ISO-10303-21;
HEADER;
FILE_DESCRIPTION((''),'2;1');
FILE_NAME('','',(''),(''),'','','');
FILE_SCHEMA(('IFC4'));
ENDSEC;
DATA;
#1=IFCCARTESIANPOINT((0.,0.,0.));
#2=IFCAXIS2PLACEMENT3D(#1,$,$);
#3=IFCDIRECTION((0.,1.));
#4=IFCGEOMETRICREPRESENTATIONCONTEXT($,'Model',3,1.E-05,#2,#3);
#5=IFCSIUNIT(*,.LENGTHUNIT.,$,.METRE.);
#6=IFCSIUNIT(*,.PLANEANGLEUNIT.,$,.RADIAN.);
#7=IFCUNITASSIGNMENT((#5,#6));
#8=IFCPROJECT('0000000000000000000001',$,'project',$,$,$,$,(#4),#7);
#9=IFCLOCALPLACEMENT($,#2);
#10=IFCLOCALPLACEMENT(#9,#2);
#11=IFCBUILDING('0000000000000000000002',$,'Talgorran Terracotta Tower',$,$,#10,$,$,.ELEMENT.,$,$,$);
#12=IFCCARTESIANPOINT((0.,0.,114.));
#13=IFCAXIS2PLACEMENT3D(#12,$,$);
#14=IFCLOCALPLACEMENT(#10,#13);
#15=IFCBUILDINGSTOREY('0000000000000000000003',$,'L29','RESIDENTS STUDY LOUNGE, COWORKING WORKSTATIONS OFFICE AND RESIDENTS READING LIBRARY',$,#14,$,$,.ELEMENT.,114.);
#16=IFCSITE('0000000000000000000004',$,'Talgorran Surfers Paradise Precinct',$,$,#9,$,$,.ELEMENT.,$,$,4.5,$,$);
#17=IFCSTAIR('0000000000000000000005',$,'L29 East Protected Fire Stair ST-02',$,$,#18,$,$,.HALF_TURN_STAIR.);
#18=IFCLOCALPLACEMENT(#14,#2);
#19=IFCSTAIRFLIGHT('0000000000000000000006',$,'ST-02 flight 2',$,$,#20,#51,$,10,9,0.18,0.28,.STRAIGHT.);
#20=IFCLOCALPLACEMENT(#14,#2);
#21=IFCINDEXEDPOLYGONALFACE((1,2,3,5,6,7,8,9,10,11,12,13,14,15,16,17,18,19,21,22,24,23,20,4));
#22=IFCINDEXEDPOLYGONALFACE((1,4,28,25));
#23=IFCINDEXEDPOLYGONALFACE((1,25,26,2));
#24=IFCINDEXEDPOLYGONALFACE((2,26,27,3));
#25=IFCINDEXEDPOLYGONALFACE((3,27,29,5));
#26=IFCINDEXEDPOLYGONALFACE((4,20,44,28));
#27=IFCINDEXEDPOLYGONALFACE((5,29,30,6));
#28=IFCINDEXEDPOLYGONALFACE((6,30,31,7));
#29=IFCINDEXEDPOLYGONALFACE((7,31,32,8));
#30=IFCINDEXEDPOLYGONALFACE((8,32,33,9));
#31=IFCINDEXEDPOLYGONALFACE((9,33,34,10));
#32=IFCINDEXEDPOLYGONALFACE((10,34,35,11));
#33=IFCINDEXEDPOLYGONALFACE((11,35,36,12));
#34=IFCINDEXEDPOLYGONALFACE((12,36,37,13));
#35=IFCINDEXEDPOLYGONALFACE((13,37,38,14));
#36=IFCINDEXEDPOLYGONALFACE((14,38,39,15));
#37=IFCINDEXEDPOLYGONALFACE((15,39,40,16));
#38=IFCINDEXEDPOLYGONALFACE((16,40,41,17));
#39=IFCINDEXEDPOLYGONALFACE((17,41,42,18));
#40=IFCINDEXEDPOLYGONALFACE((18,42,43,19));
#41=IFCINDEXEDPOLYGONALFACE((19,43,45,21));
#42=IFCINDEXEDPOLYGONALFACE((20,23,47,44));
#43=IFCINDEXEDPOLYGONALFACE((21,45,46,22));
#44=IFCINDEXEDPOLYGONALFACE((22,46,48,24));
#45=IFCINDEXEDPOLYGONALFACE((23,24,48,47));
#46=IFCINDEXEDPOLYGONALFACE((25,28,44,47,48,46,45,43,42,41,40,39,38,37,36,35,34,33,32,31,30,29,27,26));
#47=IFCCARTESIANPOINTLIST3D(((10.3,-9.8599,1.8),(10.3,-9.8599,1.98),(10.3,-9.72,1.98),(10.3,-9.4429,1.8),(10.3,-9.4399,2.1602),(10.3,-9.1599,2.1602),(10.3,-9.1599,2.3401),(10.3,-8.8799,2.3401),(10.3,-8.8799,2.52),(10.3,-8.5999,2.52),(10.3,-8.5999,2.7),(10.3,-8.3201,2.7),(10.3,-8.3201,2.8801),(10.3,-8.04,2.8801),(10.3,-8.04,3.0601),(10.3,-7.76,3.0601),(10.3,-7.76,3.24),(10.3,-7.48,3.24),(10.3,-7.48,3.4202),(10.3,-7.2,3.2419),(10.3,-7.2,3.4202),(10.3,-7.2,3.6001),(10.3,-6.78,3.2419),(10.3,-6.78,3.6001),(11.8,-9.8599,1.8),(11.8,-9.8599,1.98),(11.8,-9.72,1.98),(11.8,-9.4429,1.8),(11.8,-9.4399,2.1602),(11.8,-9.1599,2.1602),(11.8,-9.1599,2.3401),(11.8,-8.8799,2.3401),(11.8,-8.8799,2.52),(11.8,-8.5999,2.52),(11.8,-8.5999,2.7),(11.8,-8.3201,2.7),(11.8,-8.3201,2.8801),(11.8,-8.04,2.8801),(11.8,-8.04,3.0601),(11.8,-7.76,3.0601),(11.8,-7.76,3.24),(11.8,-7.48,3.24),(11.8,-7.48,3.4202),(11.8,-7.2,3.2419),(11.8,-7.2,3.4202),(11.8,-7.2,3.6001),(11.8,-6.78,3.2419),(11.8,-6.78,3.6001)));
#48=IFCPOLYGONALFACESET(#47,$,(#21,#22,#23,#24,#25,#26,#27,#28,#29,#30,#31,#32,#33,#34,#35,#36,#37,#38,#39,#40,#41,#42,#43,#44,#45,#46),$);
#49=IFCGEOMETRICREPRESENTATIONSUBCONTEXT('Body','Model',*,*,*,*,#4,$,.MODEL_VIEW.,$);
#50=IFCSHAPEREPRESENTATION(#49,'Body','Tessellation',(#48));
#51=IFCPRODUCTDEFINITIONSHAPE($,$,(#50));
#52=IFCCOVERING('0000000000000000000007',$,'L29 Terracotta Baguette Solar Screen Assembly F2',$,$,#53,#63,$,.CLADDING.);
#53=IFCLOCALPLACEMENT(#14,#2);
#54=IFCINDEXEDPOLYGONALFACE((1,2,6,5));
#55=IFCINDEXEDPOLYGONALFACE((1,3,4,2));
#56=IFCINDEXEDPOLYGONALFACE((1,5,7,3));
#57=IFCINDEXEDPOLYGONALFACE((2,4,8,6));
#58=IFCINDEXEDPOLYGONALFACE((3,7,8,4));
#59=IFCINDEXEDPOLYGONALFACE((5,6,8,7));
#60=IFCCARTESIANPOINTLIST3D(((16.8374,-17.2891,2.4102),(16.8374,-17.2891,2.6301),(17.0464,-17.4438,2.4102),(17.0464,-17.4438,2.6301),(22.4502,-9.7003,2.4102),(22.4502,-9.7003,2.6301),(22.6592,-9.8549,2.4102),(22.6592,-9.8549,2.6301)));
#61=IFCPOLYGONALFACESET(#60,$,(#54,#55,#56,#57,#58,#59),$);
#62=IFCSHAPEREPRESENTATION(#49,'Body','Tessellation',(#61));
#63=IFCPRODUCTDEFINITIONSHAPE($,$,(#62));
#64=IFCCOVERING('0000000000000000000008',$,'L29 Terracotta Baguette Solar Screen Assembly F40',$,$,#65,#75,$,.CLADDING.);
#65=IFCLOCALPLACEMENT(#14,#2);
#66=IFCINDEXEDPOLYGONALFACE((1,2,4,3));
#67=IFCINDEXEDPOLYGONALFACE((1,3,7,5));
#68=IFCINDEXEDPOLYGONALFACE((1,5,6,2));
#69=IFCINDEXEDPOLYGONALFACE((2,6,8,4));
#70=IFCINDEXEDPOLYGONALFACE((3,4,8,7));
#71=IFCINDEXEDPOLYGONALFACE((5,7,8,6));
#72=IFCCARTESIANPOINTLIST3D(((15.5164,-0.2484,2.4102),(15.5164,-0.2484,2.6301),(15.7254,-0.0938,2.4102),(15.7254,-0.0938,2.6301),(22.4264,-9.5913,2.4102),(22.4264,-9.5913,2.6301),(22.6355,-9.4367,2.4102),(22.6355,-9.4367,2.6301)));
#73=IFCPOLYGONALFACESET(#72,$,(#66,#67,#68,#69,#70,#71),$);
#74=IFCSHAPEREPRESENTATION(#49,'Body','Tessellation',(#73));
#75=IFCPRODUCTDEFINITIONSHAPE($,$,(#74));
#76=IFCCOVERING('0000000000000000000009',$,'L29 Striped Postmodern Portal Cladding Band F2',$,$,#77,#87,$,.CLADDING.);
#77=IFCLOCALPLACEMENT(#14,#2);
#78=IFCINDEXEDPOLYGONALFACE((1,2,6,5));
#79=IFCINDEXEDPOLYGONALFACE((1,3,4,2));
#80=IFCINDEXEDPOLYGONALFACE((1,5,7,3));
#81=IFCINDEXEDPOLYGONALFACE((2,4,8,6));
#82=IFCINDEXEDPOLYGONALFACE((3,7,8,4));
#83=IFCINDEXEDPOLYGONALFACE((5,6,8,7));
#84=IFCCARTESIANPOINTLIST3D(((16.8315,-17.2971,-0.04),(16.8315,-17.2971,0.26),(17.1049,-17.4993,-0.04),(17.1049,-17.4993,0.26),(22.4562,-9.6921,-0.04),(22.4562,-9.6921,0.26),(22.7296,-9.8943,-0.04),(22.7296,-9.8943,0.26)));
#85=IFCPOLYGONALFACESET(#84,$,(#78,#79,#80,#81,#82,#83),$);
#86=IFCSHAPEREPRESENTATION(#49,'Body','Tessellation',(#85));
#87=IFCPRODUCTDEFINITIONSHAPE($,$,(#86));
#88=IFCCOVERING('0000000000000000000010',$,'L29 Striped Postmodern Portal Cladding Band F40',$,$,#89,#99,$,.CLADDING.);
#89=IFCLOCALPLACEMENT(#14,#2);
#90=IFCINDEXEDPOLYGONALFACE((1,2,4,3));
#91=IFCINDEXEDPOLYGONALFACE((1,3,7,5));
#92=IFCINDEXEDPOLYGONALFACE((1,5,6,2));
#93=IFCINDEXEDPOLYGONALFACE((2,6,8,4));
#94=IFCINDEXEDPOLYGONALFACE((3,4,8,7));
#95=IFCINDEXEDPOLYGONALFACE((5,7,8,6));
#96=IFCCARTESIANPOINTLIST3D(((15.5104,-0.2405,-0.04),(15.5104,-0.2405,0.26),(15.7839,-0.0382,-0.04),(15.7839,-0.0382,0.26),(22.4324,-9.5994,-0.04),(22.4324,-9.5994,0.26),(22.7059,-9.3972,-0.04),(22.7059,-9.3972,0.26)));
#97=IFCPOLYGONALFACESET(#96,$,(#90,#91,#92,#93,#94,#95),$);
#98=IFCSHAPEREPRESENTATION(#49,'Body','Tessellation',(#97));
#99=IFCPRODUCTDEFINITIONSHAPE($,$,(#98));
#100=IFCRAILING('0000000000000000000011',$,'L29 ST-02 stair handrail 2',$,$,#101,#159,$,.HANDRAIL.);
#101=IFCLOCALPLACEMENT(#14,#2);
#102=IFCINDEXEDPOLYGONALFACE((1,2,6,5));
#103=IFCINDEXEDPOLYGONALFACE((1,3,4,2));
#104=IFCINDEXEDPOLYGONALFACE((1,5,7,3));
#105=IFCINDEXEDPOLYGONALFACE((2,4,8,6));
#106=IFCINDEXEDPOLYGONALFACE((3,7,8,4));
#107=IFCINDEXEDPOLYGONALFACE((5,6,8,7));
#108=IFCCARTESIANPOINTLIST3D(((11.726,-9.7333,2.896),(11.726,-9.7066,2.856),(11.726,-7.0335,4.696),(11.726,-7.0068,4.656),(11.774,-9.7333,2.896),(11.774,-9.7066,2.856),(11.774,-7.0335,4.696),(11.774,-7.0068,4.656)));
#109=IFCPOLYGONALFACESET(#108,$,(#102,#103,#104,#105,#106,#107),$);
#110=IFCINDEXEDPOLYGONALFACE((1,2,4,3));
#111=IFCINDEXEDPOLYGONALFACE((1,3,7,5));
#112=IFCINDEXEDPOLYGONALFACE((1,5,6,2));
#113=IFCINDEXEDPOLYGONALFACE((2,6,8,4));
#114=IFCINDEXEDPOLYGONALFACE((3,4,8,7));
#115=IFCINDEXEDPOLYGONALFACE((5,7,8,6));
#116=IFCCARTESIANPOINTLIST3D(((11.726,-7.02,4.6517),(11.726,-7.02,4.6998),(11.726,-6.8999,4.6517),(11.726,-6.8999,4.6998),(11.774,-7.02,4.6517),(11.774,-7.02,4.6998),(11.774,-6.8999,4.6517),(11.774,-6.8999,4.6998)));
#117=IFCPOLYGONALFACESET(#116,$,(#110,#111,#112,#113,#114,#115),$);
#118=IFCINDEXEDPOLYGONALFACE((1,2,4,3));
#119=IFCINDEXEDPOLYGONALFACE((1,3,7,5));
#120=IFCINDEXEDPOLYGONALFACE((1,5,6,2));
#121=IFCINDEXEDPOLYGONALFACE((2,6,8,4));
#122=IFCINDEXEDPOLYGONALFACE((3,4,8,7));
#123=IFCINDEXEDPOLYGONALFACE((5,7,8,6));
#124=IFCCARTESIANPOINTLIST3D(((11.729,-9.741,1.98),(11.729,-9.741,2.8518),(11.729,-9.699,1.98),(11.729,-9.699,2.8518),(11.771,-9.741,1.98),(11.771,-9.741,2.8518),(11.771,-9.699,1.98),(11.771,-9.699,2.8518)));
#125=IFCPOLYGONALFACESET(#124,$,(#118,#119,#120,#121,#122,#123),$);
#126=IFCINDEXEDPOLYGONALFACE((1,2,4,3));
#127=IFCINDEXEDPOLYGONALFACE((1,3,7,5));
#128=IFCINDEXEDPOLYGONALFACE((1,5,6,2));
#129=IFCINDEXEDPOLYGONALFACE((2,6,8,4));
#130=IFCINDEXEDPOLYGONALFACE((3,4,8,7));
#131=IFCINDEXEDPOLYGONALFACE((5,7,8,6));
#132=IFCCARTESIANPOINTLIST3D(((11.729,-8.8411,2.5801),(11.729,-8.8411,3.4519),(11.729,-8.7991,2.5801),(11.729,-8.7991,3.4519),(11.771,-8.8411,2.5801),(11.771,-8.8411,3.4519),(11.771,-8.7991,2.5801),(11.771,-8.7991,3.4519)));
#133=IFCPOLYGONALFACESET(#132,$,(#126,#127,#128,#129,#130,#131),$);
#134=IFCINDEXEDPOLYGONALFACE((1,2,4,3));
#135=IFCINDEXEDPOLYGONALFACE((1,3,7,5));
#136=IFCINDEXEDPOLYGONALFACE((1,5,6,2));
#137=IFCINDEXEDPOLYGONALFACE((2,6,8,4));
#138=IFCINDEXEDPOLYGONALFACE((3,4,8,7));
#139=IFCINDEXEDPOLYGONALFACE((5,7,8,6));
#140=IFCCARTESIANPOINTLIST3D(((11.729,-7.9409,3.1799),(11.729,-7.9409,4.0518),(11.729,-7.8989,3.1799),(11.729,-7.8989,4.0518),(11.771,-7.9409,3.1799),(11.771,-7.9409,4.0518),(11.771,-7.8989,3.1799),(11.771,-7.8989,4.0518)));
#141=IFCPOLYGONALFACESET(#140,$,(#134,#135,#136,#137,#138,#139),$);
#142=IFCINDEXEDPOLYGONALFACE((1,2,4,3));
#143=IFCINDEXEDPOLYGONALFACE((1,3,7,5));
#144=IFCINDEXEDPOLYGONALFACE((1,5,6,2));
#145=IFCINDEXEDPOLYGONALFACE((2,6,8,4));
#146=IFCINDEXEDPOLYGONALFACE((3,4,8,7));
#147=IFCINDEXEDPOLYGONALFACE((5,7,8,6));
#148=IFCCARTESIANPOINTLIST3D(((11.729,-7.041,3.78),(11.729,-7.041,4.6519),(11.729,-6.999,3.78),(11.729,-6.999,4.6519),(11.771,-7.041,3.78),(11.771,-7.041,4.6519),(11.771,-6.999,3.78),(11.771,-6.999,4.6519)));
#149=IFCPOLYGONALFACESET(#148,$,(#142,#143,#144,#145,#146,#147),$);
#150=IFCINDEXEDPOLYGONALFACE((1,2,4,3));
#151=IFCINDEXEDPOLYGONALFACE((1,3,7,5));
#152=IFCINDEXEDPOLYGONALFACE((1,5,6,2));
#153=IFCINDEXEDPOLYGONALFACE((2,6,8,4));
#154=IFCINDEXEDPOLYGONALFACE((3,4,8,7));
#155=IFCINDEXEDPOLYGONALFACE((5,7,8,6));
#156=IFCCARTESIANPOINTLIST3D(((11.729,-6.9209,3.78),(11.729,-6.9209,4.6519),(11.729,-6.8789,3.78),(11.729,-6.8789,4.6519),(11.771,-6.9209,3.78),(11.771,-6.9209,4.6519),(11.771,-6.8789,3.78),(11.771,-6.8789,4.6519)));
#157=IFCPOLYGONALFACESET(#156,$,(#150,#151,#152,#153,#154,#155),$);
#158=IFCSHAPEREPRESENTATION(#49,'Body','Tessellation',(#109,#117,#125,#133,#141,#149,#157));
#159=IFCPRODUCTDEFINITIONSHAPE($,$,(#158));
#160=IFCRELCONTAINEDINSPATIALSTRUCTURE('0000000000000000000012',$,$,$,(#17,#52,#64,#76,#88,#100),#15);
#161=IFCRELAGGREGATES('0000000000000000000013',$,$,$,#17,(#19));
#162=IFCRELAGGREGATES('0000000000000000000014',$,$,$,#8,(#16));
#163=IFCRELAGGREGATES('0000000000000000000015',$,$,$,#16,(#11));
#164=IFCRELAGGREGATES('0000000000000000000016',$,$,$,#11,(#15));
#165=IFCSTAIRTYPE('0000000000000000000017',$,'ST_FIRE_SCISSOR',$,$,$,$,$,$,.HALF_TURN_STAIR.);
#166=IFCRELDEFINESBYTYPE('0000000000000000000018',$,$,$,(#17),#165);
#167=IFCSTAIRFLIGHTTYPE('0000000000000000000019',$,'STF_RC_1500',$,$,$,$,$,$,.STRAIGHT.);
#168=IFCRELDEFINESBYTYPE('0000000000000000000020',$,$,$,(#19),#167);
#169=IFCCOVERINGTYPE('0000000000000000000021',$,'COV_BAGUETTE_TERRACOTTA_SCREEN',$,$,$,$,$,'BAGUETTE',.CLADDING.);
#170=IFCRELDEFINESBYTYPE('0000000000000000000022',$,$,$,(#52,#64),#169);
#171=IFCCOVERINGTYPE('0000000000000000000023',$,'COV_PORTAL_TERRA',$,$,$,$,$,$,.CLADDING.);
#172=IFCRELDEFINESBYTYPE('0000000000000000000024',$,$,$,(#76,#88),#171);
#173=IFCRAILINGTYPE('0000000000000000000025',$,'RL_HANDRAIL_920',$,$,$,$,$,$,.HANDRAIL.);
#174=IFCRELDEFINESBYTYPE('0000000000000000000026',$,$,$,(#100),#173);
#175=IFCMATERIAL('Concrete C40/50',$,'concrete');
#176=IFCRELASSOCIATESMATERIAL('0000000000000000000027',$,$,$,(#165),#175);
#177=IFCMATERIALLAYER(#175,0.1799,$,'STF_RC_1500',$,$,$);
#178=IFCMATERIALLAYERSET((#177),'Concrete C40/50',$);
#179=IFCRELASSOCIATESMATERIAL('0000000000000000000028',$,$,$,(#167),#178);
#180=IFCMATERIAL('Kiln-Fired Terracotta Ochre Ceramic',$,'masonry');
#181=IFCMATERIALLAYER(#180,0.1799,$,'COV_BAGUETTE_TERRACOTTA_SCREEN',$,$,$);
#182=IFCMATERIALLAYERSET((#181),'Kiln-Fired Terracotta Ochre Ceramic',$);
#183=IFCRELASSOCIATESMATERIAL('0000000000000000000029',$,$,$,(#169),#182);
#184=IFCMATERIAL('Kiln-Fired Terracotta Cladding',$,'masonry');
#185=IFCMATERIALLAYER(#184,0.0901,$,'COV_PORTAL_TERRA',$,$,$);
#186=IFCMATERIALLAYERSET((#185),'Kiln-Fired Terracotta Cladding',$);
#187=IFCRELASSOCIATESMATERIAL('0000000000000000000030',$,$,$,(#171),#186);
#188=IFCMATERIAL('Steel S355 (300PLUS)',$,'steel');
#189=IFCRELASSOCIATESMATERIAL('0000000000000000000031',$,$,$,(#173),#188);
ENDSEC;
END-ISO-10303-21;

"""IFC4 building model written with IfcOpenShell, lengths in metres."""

from ifc_helpers import new_model, si_unit, direction, frame, origin, origin_2d, place, context, subcontext, project, spatial, polyline, rectangle, outline, extrude, material, layer, layer_set, type_object, element, aggregate, save


model = new_model("IFC4")

# Units and contexts
model_context = context("Model", 3, precision=1e-05, world=origin(), true_north=direction((0.0, 1.0)))
body_context = subcontext(model_context, "Body", "Model", "MODEL_VIEW")
ifc_project = project(units=[si_unit("LENGTHUNIT", "METRE"), si_unit("PLANEANGLEUNIT", "RADIAN")], contexts=[model_context])

# Site, building, storey
site_placement = place(None, origin())
site = spatial("IfcSite", under=ifc_project, at=site_placement, Name="Talgorran Surfers Paradise Precinct", CompositionType="ELEMENT", RefElevation=4.5)
building_placement = place(site_placement, origin())
building = spatial("IfcBuilding", under=site, at=building_placement, Name="Talgorran Terracotta Tower", CompositionType="ELEMENT")
storey_placement = place(building_placement, frame((0.0, 0.0, 114.0)))
storey = spatial("IfcBuildingStorey", under=building, at=storey_placement, Name="L29", Description="RESIDENTS STUDY LOUNGE, COWORKING WORKSTATIONS OFFICE AND RESIDENTS READING LIBRARY", CompositionType="ELEMENT", Elevation=114.0)

# Shared definitions
ifc_material_1 = material(Name="Steel S355 (300PLUS)", Category="steel")

# Stair, stair flight
ifc_material_2 = material(Name="Concrete C40/50", Category="concrete")
stair_type = type_object("IfcStairType", Name="ST_FIRE_SCISSOR", PredefinedType="HALF_TURN_STAIR", material=ifc_material_2)
stair_placement = place(storey_placement, origin())
stair = element("IfcStair", 1, at=stair_placement, inside=storey, type_object=stair_type, Name="L29 East Protected Fire Stair ST-02", PredefinedType="HALF_TURN_STAIR")
ifc_layer_1 = layer(ifc_material_2, 0.1799, Name="STF_RC_1500")
ifc_layer_set_1 = layer_set([ifc_layer_1], Name="Concrete C40/50")
stair_flight_type = type_object("IfcStairFlightType", Name="STF_RC_1500", PredefinedType="STRAIGHT", material=ifc_layer_set_1)
stair_flight_placement = place(storey_placement, frame((11.05, -9.72, 1.8), z_axis=(0.0, 0.0, 1.0), x_axis=(0.0, 1.0, 0.0)))
stair_flight = element("IfcStairFlight", 2, at=stair_flight_placement, type_object=stair_flight_type, Name="ST-02 flight 2", NumberOfRisers=10, NumberOfTreads=9, PredefinedType="STRAIGHT", RiserHeight=0.18, TreadLength=0.28, context=body_context, shape_type="SweptSolid", body=[
    extrude(outline(polyline([(-0.1399, 0.0), (-0.1399, 0.1799), (0.0, 0.1799), (0.28, 0.3601), (0.5601, 0.3601), (0.5601, 0.54), (0.8401, 0.54), (0.8401, 0.72), (1.1201, 0.72), (1.1201, 0.8999), (1.3999, 0.8999), (1.3999, 1.0801), (1.6799, 1.0801), (1.6799, 1.26), (1.96, 1.26), (1.96, 1.4399), (2.24, 1.4399), (2.24, 1.6201), (2.52, 1.6201), (2.52, 1.8), (2.9399, 1.8), (2.9399, 1.4419), (2.52, 1.4419), (0.2771, 0.0), (-0.1399, 0.0)])), frame((0.0, 0.75, 0.0), z_axis=(0.0, -1.0, 0.0), x_axis=(1.0, 0.0, 0.0)), (0.0, 0.0, 1.0), 1.5),
])
aggregate(stair, [stair_flight])

# Coverings
ifc_material_3 = material(Name="Kiln-Fired Terracotta Ochre Ceramic", Category="masonry")
ifc_layer_2 = layer(ifc_material_3, 0.1799, Name="COV_BAGUETTE_TERRACOTTA_SCREEN")
ifc_layer_set_2 = layer_set([ifc_layer_2], Name="Kiln-Fired Terracotta Ochre Ceramic")
covering_type_1 = type_object("IfcCoveringType", Name="COV_BAGUETTE_TERRACOTTA_SCREEN", ElementType="BAGUETTE", PredefinedType="CLADDING", material=ifc_layer_set_2)
covering_1_placement = place(storey_placement, frame((19.7483, -13.572, 2.4102), z_axis=(0.0, 0.0, 1.0), x_axis=(0.59464, 0.803992, 0.0)))
element("IfcCovering", 3, at=covering_1_placement, inside=storey, type_object=covering_type_1, Name="L29 Terracotta Baguette Solar Screen Assembly F2", PredefinedType="CLADDING", context=body_context, shape_type="SweptSolid", body=[
    extrude(rectangle(XDim=9.439, YDim=0.26, at=origin_2d()), origin(), (0.0, 0.0, 1.0), 0.22),
])
covering_2_placement = place(storey_placement, frame((19.0759, -4.8425, 2.4102), z_axis=(0.0, 0.0, 1.0), x_axis=(-0.59464, 0.803992, 0.0)))
element("IfcCovering", 4, at=covering_2_placement, inside=storey, type_object=covering_type_1, Name="L29 Terracotta Baguette Solar Screen Assembly F40", PredefinedType="CLADDING", context=body_context, shape_type="SweptSolid", body=[
    extrude(rectangle(XDim=11.6206, YDim=0.26, at=origin_2d()), origin(), (0.0, 0.0, 1.0), 0.22),
])
ifc_material_4 = material(Name="Kiln-Fired Terracotta Cladding", Category="masonry")
ifc_layer_3 = layer(ifc_material_4, 0.0901, Name="COV_PORTAL_TERRA")
ifc_layer_set_3 = layer_set([ifc_layer_3], Name="Kiln-Fired Terracotta Cladding")
covering_type_2 = type_object("IfcCoveringType", Name="COV_PORTAL_TERRA", PredefinedType="CLADDING", material=ifc_layer_set_3)
covering_3_placement = place(storey_placement, frame((19.7805, -13.5957, -0.04), z_axis=(0.0, 0.0, 1.0), x_axis=(0.59464, 0.803992, 0.0)))
element("IfcCovering", 5, at=covering_3_placement, inside=storey, type_object=covering_type_2, Name="L29 Striped Postmodern Portal Cladding Band F2", PredefinedType="CLADDING", context=body_context, shape_type="SweptSolid", body=[
    extrude(rectangle(XDim=9.459, YDim=0.3401, at=origin_2d()), origin(), (0.0, 0.0, 1.0), 0.3),
])
covering_4_placement = place(storey_placement, frame((19.1082, -4.8188, -0.04), z_axis=(0.0, 0.0, 1.0), x_axis=(-0.59464, 0.803992, 0.0)))
element("IfcCovering", 6, at=covering_4_placement, inside=storey, type_object=covering_type_2, Name="L29 Striped Postmodern Portal Cladding Band F40", PredefinedType="CLADDING", context=body_context, shape_type="SweptSolid", body=[
    extrude(rectangle(XDim=11.6406, YDim=0.3401, at=origin_2d()), origin(), (0.0, 0.0, 1.0), 0.3),
])

# Railing
railing_type = type_object("IfcRailingType", Name="RL_HANDRAIL_920", PredefinedType="HANDRAIL", material=ifc_material_1)
railing_placement = place(storey_placement, frame((11.75, -9.72, 1.98)))
element("IfcRailing", 7, at=railing_placement, inside=storey, type_object=railing_type, Name="L29 ST-02 stair handrail 2", PredefinedType="HANDRAIL", context=body_context, shape_type="SweptSolid", body=[
    extrude(rectangle(XDim=0.0481, YDim=0.0481, at=origin_2d()), frame((0.0, 0.0, 0.896), z_axis=(0.0, 0.832039, 0.554718), x_axis=(-1.0, 0.0, 0.0)), (0.0, 0.0, 1.0), 3.2449),
    extrude(rectangle(XDim=0.0481, YDim=0.0481, at=origin_2d()), frame((0.0, 2.7, 2.6958), z_axis=(0.0, 1.0, 0.0), x_axis=(-1.0, 0.0, 0.0)), (0.0, 0.0, 1.0), 0.1201),
    extrude(rectangle(XDim=0.042, YDim=0.042, at=origin_2d()), origin(), (0.0, 0.0, 1.0), 0.8718),
    extrude(rectangle(XDim=0.042, YDim=0.042, at=origin_2d()), frame((0.0, 0.8999, 0.6001)), (0.0, 0.0, 1.0), 0.8718),
    extrude(rectangle(XDim=0.042, YDim=0.042, at=origin_2d()), frame((0.0, 1.8, 1.2)), (0.0, 0.0, 1.0), 0.8718),
    extrude(rectangle(XDim=0.042, YDim=0.042, at=origin_2d()), frame((0.0, 2.7, 1.8)), (0.0, 0.0, 1.0), 0.8718),
    extrude(rectangle(XDim=0.042, YDim=0.042, at=origin_2d()), frame((0.0, 2.8201, 1.8)), (0.0, 0.0, 1.0), 0.8718),
])

save(model, "model.ifc")
